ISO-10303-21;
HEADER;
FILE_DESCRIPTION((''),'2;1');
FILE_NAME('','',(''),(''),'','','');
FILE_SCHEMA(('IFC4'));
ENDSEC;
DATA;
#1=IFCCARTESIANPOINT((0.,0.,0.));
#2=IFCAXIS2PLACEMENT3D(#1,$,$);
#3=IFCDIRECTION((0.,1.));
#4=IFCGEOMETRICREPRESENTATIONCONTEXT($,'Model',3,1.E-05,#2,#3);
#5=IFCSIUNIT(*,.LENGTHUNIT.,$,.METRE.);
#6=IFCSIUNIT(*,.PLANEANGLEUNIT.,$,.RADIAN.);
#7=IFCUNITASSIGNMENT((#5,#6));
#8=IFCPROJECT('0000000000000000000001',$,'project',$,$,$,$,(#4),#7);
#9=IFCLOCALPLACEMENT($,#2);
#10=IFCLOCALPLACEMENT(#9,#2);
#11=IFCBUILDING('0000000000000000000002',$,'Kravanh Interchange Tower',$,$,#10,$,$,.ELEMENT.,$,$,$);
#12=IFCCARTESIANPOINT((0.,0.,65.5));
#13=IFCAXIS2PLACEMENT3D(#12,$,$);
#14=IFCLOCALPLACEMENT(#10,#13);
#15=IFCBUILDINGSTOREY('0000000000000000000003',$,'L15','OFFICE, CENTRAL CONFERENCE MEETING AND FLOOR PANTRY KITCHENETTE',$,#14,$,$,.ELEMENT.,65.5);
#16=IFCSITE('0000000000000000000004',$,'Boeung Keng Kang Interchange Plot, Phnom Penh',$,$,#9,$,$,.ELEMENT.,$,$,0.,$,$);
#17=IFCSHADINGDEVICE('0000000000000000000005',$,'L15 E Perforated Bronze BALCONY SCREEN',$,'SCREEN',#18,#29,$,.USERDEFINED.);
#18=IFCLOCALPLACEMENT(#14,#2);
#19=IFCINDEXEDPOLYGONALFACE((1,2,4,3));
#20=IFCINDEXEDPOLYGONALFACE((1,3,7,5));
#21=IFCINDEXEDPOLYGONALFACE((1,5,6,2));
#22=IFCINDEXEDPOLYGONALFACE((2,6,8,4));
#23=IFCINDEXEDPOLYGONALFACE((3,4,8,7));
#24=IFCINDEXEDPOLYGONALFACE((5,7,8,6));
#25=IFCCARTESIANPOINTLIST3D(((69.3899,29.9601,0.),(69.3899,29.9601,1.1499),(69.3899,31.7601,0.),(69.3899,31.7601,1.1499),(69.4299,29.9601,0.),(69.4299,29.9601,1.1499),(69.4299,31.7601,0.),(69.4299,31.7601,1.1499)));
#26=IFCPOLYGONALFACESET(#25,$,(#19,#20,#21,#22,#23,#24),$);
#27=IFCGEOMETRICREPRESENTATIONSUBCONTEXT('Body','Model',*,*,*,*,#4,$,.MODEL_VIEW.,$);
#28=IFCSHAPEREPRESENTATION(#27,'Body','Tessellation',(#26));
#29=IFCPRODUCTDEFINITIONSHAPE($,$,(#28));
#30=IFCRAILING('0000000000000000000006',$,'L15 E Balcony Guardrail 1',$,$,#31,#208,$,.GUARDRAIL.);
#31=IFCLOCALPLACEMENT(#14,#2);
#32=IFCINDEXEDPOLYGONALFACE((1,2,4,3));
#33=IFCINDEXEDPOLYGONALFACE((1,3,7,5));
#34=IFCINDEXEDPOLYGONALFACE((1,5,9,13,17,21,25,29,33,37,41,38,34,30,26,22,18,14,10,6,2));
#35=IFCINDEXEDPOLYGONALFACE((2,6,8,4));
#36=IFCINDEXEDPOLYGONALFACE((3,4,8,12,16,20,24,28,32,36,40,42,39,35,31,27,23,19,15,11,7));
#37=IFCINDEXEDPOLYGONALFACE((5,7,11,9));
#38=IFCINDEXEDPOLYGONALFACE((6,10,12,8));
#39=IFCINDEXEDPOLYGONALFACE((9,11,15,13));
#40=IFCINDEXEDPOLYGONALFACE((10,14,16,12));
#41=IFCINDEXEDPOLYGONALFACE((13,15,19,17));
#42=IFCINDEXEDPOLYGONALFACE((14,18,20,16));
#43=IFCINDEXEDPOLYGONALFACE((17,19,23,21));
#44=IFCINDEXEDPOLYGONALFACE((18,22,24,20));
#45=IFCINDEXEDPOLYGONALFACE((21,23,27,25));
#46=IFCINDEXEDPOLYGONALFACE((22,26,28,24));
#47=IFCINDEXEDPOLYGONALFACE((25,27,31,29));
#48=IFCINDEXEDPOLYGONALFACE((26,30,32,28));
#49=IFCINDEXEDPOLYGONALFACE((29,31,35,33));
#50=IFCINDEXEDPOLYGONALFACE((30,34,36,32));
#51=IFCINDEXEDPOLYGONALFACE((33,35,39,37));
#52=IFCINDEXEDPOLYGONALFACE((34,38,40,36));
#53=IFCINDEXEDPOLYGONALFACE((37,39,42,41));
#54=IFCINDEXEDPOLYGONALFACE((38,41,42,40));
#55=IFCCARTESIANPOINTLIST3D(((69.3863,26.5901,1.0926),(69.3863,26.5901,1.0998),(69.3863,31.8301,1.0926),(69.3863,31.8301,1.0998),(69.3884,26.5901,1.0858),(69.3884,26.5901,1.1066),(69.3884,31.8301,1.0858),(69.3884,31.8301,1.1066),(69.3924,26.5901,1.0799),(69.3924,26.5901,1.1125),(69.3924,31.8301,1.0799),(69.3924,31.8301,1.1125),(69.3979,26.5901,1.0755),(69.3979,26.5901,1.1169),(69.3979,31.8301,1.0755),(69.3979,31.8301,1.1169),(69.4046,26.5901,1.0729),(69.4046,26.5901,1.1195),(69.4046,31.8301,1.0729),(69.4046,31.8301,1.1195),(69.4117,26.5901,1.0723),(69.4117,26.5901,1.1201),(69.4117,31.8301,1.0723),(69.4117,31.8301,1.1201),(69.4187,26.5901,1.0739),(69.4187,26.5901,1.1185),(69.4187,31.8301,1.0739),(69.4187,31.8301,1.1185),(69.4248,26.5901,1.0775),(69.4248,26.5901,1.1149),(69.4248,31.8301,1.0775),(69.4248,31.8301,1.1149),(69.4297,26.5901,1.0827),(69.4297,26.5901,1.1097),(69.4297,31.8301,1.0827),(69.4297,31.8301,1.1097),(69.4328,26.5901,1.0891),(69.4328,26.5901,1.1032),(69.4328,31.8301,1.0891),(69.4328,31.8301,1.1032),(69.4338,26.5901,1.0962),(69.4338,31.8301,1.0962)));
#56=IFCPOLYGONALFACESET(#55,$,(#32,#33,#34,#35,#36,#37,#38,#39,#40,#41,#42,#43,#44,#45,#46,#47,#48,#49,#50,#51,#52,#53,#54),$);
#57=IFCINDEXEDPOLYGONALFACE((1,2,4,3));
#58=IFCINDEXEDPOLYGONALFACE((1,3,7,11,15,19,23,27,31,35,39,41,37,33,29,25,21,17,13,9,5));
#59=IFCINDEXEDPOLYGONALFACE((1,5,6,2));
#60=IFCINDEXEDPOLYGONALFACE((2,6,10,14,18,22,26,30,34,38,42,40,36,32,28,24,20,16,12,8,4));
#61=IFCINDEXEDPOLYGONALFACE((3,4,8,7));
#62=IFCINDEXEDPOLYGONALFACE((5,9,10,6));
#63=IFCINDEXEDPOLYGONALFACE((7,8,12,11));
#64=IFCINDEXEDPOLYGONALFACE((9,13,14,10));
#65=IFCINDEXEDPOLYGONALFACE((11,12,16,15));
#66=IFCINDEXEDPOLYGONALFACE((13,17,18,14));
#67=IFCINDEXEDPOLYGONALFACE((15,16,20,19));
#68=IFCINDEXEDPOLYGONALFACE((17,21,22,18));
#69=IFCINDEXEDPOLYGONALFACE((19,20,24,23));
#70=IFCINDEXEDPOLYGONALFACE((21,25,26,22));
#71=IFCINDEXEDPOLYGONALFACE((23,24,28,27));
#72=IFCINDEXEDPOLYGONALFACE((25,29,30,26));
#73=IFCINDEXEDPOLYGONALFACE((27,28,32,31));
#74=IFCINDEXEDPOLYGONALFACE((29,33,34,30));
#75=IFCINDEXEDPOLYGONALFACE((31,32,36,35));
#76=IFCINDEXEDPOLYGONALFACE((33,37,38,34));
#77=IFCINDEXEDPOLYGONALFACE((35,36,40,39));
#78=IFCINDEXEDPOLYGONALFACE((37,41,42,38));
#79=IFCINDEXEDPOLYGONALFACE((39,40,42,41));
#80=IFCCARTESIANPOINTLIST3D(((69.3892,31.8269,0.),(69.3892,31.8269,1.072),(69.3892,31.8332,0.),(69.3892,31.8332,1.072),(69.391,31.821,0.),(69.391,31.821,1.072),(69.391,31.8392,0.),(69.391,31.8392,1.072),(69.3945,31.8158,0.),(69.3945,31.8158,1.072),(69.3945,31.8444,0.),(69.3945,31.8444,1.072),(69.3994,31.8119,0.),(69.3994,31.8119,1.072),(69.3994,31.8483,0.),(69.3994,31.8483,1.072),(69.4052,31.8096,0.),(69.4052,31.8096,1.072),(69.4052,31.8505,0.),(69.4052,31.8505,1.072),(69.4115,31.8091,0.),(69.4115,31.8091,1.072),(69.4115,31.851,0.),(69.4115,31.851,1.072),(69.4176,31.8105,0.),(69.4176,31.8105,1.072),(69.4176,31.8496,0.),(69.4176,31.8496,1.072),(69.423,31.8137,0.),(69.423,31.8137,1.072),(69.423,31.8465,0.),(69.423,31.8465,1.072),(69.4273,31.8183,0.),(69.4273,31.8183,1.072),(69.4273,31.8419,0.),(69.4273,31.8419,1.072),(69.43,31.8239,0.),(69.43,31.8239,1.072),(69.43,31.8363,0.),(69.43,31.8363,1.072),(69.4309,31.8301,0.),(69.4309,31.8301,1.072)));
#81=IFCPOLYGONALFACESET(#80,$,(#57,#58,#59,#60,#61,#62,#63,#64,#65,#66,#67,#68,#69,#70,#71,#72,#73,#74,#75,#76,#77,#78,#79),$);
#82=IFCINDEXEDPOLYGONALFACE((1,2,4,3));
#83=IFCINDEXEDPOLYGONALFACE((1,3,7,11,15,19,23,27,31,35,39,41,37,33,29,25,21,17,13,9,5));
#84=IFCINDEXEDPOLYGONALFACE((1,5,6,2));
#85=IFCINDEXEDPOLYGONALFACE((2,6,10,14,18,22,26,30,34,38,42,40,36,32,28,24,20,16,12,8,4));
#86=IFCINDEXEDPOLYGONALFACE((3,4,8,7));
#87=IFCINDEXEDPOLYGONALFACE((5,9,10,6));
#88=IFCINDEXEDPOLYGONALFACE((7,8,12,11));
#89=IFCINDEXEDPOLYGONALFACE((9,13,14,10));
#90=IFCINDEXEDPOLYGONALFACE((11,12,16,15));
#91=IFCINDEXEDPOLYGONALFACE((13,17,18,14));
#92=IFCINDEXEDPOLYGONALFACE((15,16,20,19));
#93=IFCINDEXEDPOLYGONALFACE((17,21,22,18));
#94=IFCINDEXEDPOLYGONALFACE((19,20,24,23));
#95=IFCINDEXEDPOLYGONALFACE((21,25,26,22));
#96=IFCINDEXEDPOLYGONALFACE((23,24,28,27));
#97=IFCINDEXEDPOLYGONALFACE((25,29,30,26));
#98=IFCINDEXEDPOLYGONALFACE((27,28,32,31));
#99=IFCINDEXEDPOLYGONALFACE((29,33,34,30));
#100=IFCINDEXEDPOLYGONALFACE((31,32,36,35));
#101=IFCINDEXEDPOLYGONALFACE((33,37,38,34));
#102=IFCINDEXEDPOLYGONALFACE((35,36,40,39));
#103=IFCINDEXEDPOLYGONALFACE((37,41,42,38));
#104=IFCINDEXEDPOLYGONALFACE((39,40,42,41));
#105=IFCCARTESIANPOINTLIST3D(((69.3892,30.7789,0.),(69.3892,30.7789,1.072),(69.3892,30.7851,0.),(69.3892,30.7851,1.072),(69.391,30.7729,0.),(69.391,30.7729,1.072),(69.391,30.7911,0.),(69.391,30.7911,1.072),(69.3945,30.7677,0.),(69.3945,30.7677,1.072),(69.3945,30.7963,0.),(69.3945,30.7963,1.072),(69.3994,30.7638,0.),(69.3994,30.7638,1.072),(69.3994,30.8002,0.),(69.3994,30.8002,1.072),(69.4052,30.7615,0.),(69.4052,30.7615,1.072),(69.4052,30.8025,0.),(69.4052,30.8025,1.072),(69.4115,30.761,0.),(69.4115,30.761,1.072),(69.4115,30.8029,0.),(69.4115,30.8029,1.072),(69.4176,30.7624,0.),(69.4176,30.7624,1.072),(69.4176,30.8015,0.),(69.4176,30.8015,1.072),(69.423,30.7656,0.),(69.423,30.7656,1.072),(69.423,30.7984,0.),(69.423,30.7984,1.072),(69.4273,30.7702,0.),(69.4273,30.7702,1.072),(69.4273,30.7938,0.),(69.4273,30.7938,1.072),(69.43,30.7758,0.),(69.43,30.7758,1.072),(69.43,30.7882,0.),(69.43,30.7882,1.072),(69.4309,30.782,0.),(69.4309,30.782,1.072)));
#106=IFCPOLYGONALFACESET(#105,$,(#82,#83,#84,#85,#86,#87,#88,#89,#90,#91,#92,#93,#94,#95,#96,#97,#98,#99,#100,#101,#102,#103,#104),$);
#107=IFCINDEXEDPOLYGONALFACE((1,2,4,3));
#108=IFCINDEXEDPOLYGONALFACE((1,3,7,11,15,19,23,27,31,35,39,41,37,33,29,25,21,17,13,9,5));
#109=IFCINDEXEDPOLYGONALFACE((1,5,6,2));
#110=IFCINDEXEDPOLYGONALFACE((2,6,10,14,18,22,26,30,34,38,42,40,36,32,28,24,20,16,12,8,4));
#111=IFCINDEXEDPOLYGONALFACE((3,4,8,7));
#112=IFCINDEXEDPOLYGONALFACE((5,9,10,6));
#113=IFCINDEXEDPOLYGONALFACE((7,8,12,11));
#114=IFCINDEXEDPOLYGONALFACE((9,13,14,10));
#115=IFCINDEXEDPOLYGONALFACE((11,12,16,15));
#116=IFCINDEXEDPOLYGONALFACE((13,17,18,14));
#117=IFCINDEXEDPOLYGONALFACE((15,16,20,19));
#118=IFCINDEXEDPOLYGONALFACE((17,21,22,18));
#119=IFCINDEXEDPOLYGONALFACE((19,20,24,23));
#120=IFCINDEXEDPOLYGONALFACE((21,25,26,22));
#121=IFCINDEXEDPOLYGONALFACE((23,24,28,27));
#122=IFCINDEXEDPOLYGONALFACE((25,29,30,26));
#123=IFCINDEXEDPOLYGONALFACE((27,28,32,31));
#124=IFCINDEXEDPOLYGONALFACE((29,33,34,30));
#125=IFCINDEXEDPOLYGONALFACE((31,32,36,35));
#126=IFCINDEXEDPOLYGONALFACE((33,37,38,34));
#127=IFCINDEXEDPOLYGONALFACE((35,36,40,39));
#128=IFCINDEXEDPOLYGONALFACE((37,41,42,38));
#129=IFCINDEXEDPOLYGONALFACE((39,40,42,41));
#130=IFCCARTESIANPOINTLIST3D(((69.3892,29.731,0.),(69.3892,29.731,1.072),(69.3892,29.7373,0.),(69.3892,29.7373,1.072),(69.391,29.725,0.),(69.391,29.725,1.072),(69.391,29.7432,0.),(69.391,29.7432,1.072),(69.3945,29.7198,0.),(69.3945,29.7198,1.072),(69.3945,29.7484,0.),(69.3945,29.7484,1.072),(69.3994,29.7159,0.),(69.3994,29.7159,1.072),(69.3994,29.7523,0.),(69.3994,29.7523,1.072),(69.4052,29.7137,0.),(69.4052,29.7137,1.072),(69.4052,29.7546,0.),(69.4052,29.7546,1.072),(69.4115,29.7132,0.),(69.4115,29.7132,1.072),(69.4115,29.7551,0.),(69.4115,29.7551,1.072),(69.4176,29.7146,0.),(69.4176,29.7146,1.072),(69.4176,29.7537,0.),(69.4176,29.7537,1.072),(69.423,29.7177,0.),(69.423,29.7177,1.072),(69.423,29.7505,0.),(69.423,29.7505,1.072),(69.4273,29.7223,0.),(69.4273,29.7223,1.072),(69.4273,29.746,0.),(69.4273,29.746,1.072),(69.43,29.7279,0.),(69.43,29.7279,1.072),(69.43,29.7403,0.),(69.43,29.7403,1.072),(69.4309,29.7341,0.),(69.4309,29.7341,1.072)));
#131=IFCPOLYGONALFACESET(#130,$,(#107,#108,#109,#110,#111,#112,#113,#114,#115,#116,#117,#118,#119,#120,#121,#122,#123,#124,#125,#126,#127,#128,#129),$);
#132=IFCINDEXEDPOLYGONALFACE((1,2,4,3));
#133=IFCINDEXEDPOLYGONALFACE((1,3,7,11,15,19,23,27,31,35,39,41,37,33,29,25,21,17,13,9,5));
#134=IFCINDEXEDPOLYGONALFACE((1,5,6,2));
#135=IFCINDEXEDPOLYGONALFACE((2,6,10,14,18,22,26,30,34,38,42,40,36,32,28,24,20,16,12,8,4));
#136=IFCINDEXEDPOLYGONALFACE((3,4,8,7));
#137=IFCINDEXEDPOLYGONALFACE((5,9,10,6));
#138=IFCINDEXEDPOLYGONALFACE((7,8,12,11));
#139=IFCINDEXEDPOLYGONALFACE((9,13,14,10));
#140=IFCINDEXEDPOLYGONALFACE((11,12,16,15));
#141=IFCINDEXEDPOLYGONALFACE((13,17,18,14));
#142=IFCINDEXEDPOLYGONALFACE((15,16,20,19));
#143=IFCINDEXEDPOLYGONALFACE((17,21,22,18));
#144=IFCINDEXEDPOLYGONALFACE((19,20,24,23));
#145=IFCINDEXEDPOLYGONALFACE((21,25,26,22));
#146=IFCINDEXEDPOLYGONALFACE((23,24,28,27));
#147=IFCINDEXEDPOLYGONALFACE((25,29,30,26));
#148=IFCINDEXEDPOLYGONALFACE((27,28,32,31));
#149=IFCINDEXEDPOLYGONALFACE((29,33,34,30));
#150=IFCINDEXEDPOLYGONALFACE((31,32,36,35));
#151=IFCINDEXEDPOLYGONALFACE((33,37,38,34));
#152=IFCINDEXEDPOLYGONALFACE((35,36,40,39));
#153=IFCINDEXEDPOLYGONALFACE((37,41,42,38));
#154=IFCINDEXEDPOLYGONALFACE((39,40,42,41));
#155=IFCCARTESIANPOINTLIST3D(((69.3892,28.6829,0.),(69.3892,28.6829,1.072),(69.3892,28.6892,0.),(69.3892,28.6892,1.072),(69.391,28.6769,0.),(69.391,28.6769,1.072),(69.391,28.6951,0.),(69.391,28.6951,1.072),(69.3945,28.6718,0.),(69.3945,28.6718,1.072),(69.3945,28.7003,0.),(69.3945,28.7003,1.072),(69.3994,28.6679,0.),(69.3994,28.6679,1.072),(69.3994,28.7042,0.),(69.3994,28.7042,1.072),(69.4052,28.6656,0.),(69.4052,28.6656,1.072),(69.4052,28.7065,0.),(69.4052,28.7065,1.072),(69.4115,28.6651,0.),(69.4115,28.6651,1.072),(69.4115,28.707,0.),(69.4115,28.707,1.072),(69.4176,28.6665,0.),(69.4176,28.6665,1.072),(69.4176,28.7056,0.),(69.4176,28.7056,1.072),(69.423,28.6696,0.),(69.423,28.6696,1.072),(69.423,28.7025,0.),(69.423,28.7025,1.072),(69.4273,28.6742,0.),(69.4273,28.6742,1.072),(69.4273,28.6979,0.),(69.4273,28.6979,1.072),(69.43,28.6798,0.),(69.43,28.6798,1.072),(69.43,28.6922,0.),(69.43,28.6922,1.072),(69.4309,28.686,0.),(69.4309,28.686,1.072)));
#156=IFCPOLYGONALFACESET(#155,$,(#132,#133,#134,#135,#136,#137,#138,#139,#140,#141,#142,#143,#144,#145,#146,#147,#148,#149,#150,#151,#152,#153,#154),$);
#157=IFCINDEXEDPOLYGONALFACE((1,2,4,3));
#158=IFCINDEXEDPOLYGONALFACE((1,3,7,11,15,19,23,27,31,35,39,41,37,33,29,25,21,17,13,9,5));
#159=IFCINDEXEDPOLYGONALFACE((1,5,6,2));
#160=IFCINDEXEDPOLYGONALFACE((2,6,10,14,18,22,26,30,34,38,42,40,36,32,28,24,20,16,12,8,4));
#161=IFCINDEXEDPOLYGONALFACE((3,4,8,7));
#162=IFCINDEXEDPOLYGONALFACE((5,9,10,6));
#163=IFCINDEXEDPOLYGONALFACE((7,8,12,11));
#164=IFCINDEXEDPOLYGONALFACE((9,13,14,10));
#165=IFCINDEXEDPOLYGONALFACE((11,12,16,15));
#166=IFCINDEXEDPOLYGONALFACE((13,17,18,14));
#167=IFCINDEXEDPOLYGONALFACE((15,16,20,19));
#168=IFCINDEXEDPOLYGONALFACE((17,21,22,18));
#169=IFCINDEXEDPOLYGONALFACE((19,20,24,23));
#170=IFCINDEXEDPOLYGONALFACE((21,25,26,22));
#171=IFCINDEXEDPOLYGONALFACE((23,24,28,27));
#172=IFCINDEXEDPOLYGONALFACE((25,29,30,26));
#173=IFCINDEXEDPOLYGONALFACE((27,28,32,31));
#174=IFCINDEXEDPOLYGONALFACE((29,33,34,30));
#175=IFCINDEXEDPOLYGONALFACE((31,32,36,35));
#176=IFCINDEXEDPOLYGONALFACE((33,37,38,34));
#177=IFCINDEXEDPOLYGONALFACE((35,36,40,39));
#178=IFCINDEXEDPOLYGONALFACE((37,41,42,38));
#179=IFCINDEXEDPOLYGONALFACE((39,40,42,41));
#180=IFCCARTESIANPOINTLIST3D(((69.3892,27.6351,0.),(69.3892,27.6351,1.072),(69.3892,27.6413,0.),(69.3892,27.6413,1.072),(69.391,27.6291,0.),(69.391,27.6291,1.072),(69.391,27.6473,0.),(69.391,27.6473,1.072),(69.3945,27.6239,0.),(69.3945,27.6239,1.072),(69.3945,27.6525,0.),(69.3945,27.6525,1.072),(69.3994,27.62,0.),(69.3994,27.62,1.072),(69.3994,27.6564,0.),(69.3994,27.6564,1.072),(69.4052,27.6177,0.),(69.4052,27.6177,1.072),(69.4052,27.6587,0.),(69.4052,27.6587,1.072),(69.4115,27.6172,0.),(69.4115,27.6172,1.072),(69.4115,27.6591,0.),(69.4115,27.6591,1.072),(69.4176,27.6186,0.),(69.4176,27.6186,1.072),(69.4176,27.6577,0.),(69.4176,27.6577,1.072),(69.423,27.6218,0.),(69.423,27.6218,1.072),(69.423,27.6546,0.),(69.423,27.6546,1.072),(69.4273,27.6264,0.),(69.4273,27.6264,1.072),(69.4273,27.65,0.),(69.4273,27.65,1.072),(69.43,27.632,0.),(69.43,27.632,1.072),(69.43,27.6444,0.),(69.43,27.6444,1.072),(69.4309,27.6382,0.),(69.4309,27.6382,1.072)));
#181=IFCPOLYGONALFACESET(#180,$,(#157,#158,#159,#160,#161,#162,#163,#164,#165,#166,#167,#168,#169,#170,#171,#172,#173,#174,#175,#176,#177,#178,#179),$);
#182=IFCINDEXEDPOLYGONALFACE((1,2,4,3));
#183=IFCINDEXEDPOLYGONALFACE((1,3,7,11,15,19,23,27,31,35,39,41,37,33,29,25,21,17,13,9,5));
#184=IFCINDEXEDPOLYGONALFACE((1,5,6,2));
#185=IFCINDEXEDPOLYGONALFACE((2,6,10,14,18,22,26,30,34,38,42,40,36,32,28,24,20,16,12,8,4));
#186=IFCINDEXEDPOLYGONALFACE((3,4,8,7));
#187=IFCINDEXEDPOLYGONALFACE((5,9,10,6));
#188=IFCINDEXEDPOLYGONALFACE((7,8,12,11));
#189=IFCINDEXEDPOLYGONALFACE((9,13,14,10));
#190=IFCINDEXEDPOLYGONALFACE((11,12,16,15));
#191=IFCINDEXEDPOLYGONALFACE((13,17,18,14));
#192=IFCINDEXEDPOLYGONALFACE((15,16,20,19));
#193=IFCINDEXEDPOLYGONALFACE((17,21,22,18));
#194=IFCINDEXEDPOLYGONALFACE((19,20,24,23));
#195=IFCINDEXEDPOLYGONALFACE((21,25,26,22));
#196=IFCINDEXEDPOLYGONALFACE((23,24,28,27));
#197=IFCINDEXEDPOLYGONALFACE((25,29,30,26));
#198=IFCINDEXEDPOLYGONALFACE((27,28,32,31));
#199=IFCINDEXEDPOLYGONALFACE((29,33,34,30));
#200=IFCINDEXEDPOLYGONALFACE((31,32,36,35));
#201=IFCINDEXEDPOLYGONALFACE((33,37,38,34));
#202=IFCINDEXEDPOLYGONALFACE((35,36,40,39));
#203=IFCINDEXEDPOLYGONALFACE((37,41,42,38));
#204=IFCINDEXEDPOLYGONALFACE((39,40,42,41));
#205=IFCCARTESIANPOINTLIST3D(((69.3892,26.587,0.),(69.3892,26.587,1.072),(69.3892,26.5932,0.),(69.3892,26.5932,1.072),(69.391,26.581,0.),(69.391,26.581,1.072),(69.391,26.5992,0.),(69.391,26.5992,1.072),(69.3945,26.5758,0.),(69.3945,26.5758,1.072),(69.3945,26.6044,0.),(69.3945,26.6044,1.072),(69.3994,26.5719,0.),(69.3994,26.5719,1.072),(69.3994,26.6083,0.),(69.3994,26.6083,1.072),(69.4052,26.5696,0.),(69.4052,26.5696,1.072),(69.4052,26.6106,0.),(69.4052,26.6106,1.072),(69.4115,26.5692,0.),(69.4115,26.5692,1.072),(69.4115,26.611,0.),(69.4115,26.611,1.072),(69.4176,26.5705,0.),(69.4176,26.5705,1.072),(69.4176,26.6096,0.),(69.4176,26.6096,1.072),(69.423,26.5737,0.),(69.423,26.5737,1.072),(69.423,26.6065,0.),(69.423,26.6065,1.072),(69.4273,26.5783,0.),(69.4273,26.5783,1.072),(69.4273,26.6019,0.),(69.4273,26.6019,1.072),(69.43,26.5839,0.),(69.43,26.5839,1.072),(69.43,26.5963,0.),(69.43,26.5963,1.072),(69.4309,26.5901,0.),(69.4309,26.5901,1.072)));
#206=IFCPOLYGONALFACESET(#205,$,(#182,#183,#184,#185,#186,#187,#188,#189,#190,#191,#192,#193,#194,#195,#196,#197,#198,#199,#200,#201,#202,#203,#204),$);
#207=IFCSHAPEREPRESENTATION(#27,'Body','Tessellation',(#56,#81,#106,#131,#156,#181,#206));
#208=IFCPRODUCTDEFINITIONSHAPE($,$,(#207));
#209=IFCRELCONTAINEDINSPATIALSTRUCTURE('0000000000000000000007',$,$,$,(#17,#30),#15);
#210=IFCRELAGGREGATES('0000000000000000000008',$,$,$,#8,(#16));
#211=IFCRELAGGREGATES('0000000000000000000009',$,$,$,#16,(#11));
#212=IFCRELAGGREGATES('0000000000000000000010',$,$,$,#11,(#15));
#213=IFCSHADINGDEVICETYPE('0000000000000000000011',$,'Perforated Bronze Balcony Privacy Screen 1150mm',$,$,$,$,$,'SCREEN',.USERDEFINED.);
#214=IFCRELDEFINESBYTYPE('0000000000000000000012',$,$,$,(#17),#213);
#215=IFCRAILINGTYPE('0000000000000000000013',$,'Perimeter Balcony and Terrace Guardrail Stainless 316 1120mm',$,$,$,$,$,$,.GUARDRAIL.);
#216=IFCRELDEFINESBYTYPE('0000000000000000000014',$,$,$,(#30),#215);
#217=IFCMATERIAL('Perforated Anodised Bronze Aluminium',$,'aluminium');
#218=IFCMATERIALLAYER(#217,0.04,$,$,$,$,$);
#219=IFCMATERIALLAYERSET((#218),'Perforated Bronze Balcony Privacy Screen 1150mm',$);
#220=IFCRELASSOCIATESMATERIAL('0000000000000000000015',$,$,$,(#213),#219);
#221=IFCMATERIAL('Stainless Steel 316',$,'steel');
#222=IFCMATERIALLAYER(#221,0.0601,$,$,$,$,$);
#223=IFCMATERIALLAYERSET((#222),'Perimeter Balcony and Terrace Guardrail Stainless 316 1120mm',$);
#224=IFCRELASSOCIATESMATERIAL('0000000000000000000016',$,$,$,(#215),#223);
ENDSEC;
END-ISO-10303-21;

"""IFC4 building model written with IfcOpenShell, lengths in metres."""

from ifc_helpers import new_model, si_unit, direction, frame, origin, origin_2d, place, context, subcontext, project, spatial, rectangle, circle, extrude, material, layer, layer_set, type_object, element, save


model = new_model("IFC4")

# Units and contexts
model_context = context("Model", 3, precision=1e-05, world=origin(), true_north=direction((0.0, 1.0)))
body_context = subcontext(model_context, "Body", "Model", "MODEL_VIEW")
ifc_project = project(units=[si_unit("LENGTHUNIT", "METRE"), si_unit("PLANEANGLEUNIT", "RADIAN")], contexts=[model_context])

# Site, building, storey
site_placement = place(None, origin())
site = spatial("IfcSite", under=ifc_project, at=site_placement, Name="Boeung Keng Kang Interchange Plot, Phnom Penh", CompositionType="ELEMENT", RefElevation=0.0)
building_placement = place(site_placement, origin())
building = spatial("IfcBuilding", under=site, at=building_placement, Name="Kravanh Interchange Tower", CompositionType="ELEMENT")
storey_placement = place(building_placement, frame((0.0, 0.0, 65.5)))
storey = spatial("IfcBuildingStorey", under=building, at=storey_placement, Name="L15", Description="OFFICE, CENTRAL CONFERENCE MEETING AND FLOOR PANTRY KITCHENETTE", CompositionType="ELEMENT", Elevation=65.5)

# Shading device
ifc_material_1 = material(Name="Perforated Anodised Bronze Aluminium", Category="aluminium")
ifc_layer_1 = layer(ifc_material_1, 0.04)
ifc_layer_set_1 = layer_set([ifc_layer_1], Name="Perforated Bronze Balcony Privacy Screen 1150mm")
shading_device_type = type_object("IfcShadingDeviceType", Name="Perforated Bronze Balcony Privacy Screen 1150mm", ElementType="SCREEN", PredefinedType="USERDEFINED", material=ifc_layer_set_1)
shading_device_placement = place(storey_placement, frame((69.4099, 30.8601, 0.0), z_axis=(0.0, 0.0, 1.0), x_axis=(1.0, 0.0, 0.0)))
element("IfcShadingDevice", 1, at=shading_device_placement, inside=storey, type_object=shading_device_type, Name="L15 E Perforated Bronze BALCONY SCREEN", ObjectType="SCREEN", PredefinedType="USERDEFINED", context=body_context, shape_type="SweptSolid", body=[
    extrude(rectangle(XDim=0.04, YDim=1.8, at=origin_2d()), origin(), (0.0, 0.0, 1.0), 1.1499),
])

# Railing
ifc_material_2 = material(Name="Stainless Steel 316", Category="steel")
ifc_layer_2 = layer(ifc_material_2, 0.0601)
ifc_layer_set_2 = layer_set([ifc_layer_2], Name="Perimeter Balcony and Terrace Guardrail Stainless 316 1120mm")
railing_type = type_object("IfcRailingType", Name="Perimeter Balcony and Terrace Guardrail Stainless 316 1120mm", PredefinedType="GUARDRAIL", material=ifc_layer_set_2)
railing_1_placement = place(storey_placement, frame((69.4099, 31.8301, 0.0)))
element("IfcRailing", 2, at=railing_1_placement, inside=storey, type_object=railing_type, Name="L15 E Balcony Guardrail 1", PredefinedType="GUARDRAIL", context=body_context, shape_type="SweptSolid", body=[
    extrude(circle(Radius=0.0239, at=origin_2d()), frame((0.0, 0.0, 1.0962), z_axis=(0.0, -1.0, 0.0), x_axis=(1.0, 0.0, 0.0)), (0.0, 0.0, 1.0), 5.24),
    extrude(circle(Radius=0.021, at=origin_2d()), origin(), (0.0, 0.0, 1.0), 1.072),
    extrude(circle(Radius=0.021, at=origin_2d()), frame((0.0, -1.0481, 0.0)), (0.0, 0.0, 1.0), 1.072),
    extrude(circle(Radius=0.021, at=origin_2d()), frame((0.0, -2.0959, 0.0)), (0.0, 0.0, 1.0), 1.072),
    extrude(circle(Radius=0.021, at=origin_2d()), frame((0.0, -3.144, 0.0)), (0.0, 0.0, 1.0), 1.072),
    extrude(circle(Radius=0.021, at=origin_2d()), frame((0.0, -4.1919, 0.0)), (0.0, 0.0, 1.0), 1.072),
    extrude(circle(Radius=0.021, at=origin_2d()), frame((0.0, -5.24, 0.0)), (0.0, 0.0, 1.0), 1.072),
])

save(model, "model.ifc")
